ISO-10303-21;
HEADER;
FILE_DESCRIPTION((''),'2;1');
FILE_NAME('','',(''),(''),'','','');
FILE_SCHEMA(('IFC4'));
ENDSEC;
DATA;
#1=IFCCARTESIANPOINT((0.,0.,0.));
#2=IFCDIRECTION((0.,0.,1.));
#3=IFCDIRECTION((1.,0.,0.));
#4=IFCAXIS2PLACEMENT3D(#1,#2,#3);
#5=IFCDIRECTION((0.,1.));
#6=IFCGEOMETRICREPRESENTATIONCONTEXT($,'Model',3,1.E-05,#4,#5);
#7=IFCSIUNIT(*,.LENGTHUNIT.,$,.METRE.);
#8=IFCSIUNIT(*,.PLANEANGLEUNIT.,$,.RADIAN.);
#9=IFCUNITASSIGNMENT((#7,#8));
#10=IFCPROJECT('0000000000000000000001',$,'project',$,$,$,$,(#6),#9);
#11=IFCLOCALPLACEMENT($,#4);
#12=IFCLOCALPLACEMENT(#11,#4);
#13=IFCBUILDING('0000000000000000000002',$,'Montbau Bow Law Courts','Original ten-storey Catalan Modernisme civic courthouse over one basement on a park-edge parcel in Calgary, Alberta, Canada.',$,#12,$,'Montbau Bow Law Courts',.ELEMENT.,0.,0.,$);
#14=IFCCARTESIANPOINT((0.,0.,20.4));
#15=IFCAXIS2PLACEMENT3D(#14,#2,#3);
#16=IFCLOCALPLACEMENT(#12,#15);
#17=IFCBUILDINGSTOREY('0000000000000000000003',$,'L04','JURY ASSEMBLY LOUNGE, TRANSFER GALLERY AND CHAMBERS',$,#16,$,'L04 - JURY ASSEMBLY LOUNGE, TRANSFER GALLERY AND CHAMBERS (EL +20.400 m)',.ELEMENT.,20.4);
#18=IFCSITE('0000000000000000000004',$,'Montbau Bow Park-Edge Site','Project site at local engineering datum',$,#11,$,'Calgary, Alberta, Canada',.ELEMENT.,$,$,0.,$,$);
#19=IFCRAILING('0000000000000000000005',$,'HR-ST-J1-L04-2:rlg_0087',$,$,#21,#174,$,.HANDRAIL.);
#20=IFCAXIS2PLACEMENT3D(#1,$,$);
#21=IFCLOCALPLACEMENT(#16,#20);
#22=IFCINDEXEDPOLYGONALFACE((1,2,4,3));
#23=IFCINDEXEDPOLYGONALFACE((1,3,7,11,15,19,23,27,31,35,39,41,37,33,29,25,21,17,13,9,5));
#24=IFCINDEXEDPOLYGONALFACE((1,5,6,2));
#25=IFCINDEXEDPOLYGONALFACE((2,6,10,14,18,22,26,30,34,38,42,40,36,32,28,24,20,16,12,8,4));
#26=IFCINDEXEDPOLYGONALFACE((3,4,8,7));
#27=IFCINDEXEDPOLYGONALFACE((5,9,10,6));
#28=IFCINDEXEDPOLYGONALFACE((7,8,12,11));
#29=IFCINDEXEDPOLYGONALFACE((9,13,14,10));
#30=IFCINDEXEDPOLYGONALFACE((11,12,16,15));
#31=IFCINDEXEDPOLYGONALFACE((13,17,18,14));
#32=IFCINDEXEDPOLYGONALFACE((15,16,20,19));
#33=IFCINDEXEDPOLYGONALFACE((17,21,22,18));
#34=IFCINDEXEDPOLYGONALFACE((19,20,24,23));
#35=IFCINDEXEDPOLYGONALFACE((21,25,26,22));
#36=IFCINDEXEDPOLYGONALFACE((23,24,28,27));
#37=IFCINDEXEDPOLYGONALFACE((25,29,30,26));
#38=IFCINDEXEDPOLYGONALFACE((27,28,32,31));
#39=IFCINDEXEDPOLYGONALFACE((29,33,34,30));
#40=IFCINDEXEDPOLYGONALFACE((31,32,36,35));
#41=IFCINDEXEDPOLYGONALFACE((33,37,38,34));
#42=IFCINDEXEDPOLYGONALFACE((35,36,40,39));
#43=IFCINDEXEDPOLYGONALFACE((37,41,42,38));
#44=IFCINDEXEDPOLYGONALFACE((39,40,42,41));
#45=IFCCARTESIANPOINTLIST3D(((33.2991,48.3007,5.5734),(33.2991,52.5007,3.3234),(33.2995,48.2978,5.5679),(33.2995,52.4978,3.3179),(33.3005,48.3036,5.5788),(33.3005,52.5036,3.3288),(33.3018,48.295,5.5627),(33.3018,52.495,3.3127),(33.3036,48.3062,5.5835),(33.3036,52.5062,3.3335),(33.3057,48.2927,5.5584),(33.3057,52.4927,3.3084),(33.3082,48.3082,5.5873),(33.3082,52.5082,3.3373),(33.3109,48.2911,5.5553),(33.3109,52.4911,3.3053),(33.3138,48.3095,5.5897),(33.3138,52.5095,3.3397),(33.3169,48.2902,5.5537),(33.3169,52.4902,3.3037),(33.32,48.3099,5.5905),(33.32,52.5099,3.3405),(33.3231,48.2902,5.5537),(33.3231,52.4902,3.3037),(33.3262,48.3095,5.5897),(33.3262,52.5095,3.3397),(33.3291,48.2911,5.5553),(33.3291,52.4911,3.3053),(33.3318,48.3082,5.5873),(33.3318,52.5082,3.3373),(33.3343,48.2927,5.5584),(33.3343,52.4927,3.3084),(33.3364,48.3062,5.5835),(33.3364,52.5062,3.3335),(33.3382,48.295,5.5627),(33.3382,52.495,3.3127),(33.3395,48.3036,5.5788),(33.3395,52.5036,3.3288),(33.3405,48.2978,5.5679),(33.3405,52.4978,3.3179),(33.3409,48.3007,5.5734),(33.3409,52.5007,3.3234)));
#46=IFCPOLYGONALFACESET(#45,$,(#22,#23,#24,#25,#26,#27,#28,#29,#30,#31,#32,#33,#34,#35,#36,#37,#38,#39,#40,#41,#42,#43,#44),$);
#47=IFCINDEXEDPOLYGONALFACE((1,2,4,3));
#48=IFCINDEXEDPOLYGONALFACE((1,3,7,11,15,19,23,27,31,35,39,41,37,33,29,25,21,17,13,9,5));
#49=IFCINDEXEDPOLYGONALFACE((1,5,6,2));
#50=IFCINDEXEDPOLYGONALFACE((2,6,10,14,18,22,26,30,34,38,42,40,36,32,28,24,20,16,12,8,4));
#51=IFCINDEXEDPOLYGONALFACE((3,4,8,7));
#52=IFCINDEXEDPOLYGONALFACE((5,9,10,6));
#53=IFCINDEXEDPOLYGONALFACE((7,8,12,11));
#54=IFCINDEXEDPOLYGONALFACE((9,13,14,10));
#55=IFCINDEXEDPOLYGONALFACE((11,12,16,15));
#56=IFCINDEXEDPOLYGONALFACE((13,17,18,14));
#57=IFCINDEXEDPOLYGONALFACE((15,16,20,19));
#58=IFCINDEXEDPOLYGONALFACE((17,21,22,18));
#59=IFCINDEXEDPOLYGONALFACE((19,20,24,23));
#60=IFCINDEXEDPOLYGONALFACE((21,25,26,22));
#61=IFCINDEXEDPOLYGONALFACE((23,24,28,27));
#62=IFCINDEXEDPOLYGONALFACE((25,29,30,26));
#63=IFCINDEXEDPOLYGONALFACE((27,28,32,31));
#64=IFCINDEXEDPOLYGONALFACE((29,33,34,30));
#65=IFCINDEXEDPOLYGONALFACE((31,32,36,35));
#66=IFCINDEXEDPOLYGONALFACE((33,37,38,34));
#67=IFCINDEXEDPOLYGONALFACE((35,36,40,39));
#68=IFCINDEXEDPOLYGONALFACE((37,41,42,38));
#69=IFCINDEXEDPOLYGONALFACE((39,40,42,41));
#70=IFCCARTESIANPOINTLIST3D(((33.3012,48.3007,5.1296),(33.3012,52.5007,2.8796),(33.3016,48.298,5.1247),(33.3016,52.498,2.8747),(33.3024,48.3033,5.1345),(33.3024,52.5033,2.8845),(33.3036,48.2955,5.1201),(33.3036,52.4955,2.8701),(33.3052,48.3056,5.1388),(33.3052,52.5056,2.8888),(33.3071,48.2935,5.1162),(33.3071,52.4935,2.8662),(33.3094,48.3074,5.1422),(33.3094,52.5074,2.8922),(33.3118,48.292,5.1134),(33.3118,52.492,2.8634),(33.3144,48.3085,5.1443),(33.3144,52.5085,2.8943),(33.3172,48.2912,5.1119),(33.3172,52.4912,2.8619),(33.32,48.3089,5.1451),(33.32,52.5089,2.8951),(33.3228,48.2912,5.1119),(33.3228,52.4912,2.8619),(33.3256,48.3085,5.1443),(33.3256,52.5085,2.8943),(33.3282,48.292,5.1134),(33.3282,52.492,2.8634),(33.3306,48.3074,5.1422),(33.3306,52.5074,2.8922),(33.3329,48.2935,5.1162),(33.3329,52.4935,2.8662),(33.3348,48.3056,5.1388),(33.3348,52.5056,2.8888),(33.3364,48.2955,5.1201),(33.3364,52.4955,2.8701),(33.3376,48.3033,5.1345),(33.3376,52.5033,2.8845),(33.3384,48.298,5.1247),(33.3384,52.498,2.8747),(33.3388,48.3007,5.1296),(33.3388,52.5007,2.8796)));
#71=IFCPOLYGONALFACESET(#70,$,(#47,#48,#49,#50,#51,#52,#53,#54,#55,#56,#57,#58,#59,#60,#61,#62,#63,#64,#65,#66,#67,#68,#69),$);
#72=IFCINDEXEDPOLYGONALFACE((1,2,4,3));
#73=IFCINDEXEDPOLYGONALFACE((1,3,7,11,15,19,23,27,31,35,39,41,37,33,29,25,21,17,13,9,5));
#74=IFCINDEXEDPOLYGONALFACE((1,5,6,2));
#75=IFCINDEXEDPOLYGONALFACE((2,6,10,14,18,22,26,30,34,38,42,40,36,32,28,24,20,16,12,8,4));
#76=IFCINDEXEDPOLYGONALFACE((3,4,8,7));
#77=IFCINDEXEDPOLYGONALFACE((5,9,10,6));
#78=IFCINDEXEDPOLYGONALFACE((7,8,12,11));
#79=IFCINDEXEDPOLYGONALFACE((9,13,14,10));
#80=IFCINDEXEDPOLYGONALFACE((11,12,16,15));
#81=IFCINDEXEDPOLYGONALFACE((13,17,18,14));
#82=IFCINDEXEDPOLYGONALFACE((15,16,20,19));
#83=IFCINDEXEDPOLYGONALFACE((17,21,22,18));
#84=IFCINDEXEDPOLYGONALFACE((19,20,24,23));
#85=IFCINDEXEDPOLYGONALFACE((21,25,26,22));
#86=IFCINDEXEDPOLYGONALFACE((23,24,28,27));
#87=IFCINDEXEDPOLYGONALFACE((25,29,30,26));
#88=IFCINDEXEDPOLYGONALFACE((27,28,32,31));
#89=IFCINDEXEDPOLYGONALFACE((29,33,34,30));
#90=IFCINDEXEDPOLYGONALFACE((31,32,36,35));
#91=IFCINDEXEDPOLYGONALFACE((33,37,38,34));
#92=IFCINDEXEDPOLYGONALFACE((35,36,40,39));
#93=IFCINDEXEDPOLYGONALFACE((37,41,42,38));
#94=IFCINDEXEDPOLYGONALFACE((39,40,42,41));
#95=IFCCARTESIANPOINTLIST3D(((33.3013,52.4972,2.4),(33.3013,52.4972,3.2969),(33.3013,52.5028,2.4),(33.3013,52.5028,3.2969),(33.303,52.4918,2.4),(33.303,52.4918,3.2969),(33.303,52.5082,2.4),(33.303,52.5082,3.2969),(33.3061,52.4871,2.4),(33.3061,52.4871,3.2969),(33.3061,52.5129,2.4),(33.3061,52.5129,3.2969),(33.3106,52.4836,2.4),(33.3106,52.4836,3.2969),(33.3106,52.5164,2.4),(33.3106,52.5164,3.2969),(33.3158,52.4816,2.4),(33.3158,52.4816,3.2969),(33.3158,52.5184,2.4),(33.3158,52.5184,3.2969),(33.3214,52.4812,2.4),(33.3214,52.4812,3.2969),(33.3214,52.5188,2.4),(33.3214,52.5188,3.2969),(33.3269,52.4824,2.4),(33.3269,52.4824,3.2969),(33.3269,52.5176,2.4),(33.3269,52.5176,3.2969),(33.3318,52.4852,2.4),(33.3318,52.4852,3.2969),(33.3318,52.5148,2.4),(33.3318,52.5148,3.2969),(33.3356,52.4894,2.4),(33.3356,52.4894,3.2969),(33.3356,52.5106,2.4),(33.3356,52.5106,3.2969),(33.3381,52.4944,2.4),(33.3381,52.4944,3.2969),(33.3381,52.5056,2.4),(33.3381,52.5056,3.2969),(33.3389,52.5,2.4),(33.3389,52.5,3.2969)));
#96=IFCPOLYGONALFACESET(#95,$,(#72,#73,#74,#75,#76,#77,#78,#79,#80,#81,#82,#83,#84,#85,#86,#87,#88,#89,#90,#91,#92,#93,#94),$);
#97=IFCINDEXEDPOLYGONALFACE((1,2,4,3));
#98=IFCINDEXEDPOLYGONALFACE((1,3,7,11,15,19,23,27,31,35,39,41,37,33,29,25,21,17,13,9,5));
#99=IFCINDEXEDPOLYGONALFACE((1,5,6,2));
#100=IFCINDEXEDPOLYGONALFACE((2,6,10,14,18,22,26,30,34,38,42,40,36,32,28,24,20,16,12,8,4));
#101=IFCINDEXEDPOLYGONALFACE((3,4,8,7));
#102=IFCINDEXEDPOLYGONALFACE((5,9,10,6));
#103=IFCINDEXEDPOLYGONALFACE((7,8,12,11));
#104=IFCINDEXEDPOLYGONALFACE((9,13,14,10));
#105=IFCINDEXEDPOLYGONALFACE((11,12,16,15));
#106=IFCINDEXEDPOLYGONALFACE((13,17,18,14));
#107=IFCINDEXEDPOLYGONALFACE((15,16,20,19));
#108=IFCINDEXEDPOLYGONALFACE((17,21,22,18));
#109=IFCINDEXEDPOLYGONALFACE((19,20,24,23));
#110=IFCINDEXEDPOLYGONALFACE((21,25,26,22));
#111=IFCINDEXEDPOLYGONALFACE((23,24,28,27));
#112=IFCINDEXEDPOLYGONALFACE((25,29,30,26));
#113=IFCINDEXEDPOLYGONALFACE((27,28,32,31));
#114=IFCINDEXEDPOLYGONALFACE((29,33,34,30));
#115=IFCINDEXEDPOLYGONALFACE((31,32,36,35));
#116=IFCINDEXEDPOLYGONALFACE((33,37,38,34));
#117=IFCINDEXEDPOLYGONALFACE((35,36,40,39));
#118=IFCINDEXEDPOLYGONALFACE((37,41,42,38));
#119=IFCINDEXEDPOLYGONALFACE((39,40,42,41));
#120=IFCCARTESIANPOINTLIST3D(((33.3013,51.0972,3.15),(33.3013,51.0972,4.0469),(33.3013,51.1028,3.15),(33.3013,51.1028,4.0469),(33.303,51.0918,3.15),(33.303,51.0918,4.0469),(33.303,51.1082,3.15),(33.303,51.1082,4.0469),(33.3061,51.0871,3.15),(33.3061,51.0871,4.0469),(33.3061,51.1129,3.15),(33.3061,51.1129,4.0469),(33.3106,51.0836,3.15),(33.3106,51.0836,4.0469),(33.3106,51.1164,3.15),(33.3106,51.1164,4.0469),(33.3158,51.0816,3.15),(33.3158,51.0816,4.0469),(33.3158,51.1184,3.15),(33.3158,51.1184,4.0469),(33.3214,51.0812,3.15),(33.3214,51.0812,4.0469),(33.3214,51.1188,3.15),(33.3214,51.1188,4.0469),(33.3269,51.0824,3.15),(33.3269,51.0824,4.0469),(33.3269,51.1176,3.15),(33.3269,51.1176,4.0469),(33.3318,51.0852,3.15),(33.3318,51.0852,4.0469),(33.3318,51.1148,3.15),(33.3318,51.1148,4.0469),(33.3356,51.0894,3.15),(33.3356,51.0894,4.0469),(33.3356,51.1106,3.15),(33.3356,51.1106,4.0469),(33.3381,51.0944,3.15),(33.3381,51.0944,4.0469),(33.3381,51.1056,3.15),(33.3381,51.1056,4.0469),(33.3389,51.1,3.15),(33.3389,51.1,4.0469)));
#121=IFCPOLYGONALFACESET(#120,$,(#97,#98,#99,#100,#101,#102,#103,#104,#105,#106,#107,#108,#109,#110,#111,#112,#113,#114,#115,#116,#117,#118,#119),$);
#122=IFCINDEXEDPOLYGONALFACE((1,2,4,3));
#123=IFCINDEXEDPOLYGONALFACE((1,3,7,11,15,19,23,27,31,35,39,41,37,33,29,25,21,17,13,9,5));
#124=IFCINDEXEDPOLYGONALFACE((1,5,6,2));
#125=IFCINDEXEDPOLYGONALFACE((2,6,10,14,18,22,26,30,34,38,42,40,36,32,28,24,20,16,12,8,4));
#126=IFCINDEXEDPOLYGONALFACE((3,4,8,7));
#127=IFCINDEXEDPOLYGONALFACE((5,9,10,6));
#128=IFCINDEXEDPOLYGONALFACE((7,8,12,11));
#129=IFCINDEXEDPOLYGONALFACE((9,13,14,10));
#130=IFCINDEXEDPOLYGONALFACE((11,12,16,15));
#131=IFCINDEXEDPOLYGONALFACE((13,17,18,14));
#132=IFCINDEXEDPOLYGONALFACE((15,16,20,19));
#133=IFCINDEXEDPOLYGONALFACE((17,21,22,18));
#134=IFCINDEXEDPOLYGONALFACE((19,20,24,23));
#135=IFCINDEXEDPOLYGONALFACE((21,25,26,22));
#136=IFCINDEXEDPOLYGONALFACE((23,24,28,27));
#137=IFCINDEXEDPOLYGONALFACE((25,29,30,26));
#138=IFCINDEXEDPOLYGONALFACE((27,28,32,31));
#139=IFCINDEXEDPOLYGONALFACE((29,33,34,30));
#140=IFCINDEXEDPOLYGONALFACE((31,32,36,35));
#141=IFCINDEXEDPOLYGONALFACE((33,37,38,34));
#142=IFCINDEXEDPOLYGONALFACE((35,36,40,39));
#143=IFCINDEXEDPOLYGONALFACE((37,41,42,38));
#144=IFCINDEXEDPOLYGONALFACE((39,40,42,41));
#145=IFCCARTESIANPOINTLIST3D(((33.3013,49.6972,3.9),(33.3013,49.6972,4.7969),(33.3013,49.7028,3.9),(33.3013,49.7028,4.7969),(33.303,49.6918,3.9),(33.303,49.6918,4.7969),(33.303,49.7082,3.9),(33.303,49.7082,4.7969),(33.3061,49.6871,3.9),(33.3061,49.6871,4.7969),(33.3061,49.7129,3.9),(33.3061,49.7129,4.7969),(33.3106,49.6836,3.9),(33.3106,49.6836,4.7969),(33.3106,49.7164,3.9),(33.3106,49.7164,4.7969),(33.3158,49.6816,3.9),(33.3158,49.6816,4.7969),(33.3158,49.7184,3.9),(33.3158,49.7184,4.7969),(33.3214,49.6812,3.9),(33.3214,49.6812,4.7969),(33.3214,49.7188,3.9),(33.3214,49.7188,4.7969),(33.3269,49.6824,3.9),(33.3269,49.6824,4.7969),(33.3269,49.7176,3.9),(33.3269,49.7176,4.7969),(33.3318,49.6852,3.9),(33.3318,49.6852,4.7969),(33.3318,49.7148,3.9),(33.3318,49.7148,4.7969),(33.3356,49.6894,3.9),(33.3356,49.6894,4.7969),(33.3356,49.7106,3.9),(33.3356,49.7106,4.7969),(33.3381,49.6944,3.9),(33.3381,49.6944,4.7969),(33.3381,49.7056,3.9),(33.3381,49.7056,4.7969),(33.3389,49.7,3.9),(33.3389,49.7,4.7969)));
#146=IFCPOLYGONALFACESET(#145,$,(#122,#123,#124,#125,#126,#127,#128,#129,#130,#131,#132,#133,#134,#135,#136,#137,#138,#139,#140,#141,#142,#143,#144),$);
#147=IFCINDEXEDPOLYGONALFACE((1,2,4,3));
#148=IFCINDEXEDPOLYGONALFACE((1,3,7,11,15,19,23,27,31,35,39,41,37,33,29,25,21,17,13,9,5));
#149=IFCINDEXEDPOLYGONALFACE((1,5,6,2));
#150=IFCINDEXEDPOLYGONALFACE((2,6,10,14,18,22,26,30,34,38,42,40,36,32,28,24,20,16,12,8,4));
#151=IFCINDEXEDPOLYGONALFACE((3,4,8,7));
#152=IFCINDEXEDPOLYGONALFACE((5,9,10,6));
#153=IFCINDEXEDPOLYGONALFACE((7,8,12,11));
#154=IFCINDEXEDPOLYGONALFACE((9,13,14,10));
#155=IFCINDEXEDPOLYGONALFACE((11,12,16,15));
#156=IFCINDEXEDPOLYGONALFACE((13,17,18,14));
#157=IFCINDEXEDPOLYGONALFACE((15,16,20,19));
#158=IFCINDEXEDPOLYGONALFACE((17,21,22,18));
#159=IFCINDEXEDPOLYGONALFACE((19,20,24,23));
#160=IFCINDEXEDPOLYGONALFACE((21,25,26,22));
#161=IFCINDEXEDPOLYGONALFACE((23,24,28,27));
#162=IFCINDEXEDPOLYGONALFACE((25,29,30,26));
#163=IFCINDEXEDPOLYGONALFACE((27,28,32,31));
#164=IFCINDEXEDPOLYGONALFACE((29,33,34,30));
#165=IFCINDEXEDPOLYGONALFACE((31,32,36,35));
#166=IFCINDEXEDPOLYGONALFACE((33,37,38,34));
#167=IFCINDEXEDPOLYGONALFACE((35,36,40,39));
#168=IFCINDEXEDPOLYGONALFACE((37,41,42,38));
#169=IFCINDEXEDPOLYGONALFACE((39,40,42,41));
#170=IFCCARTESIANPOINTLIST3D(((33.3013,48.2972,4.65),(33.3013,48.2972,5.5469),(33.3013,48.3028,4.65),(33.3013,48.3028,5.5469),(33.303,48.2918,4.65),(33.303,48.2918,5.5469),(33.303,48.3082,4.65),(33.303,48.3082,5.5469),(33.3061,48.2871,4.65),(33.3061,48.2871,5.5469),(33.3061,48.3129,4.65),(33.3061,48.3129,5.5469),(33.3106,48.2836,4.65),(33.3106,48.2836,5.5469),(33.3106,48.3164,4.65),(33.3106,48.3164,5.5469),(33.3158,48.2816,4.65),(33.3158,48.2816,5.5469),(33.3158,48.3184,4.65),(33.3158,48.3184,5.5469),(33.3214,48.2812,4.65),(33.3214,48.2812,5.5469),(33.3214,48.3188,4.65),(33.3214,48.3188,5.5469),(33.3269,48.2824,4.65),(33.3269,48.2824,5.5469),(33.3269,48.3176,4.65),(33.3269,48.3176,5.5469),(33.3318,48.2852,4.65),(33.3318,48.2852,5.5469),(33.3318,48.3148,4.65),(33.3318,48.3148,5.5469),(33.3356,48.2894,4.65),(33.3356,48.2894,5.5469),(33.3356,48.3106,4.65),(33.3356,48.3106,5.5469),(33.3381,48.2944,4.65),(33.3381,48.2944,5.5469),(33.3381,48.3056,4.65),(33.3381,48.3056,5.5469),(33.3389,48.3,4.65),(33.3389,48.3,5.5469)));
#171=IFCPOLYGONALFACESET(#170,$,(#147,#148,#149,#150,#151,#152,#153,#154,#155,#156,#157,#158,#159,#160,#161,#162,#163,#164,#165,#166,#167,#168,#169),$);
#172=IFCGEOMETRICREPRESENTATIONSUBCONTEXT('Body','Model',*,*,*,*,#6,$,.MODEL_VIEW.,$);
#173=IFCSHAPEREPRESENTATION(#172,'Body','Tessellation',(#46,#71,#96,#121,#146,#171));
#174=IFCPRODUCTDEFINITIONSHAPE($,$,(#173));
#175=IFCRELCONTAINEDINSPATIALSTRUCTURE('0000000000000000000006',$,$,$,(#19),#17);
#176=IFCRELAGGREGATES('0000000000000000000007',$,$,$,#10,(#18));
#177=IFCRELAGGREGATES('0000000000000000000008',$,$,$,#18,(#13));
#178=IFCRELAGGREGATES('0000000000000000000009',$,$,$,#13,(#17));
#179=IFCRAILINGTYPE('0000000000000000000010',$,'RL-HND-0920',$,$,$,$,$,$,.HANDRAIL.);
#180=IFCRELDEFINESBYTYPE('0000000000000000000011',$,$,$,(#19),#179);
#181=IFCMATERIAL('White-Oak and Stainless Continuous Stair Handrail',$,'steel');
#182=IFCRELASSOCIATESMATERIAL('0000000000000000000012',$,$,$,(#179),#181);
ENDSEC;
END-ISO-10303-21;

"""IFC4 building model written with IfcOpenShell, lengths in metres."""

from ifc_helpers import new_model, si_unit, direction, frame, origin_with_axes, origin_2d_with_axis, place, context, subcontext, project, spatial, circle, extrude, material, type_object, element, save


model = new_model("IFC4")

# Units and contexts
model_context = context("Model", 3, precision=1e-05, world=origin_with_axes(), true_north=direction((0.0, 1.0)))
body_context = subcontext(model_context, "Body", "Model", "MODEL_VIEW")
ifc_project = project(units=[si_unit("LENGTHUNIT", "METRE"), si_unit("PLANEANGLEUNIT", "RADIAN")], contexts=[model_context])

# Site, building, storey
site_placement = place(None, origin_with_axes())
site = spatial("IfcSite", under=ifc_project, at=site_placement, Name="Montbau Bow Park-Edge Site", Description="Project site at local engineering datum", LongName="Calgary, Alberta, Canada", CompositionType="ELEMENT", RefElevation=0.0)
building_placement = place(site_placement, origin_with_axes())
building = spatial("IfcBuilding", under=site, at=building_placement, Name="Montbau Bow Law Courts", Description="Original ten-storey Catalan Modernisme civic courthouse over one basement on a park-edge parcel in Calgary, Alberta, Canada.", LongName="Montbau Bow Law Courts", CompositionType="ELEMENT", ElevationOfRefHeight=0.0, ElevationOfTerrain=0.0)
storey_placement = place(building_placement, frame((0.0, 0.0, 20.4), z_axis=(0.0, 0.0, 1.0), x_axis=(1.0, 0.0, 0.0)))
storey = spatial("IfcBuildingStorey", under=building, at=storey_placement, Name="L04", Description="JURY ASSEMBLY LOUNGE, TRANSFER GALLERY AND CHAMBERS", LongName="L04 - JURY ASSEMBLY LOUNGE, TRANSFER GALLERY AND CHAMBERS (EL +20.400 m)", CompositionType="ELEMENT", Elevation=20.4)

# Railing
ifc_material_1 = material(Name="White-Oak and Stainless Continuous Stair Handrail", Category="steel")
railing_type_1 = type_object("IfcRailingType", Name="RL-HND-0920", PredefinedType="HANDRAIL", material=ifc_material_1)
railing_1_placement = place(None, origin_with_axes())
element("IfcRailing", 1, at=railing_1_placement, inside=storey, type_object=railing_type_1, Name="HR-ST-J1-L04-2:rlg_0087", PredefinedType="HANDRAIL", context=body_context, shape_type="SweptSolid", body=[
    extrude(circle(Radius=0.021, at=origin_2d_with_axis()), frame((33.32, 52.5, 23.722), z_axis=(0.0, -0.88148, 0.472221), x_axis=(0.0, 0.472221, 0.88148)), (0.0, 0.0, 1.0), 4.7647),
    extrude(circle(Radius=0.0189, at=origin_2d_with_axis()), frame((33.32, 52.5, 23.2784), z_axis=(0.0, -0.88148, 0.472221), x_axis=(0.0, 0.472221, 0.88148)), (0.0, 0.0, 1.0), 4.7647),
    extrude(circle(Radius=0.0189, at=origin_2d_with_axis()), frame((33.32, 52.5, 22.8), z_axis=(0.0, 0.0, 1.0), x_axis=(1.0, 0.0, 0.0)), (0.0, 0.0, 1.0), 0.8969),
    extrude(circle(Radius=0.0189, at=origin_2d_with_axis()), frame((33.32, 51.1, 23.55), z_axis=(0.0, 0.0, 1.0), x_axis=(1.0, 0.0, 0.0)), (0.0, 0.0, 1.0), 0.8969),
    extrude(circle(Radius=0.0189, at=origin_2d_with_axis()), frame((33.32, 49.7, 24.3), z_axis=(0.0, 0.0, 1.0), x_axis=(1.0, 0.0, 0.0)), (0.0, 0.0, 1.0), 0.8969),
    extrude(circle(Radius=0.0189, at=origin_2d_with_axis()), frame((33.32, 48.3, 25.05), z_axis=(0.0, 0.0, 1.0), x_axis=(1.0, 0.0, 0.0)), (0.0, 0.0, 1.0), 0.8969),
])

save(model, "model.ifc")
